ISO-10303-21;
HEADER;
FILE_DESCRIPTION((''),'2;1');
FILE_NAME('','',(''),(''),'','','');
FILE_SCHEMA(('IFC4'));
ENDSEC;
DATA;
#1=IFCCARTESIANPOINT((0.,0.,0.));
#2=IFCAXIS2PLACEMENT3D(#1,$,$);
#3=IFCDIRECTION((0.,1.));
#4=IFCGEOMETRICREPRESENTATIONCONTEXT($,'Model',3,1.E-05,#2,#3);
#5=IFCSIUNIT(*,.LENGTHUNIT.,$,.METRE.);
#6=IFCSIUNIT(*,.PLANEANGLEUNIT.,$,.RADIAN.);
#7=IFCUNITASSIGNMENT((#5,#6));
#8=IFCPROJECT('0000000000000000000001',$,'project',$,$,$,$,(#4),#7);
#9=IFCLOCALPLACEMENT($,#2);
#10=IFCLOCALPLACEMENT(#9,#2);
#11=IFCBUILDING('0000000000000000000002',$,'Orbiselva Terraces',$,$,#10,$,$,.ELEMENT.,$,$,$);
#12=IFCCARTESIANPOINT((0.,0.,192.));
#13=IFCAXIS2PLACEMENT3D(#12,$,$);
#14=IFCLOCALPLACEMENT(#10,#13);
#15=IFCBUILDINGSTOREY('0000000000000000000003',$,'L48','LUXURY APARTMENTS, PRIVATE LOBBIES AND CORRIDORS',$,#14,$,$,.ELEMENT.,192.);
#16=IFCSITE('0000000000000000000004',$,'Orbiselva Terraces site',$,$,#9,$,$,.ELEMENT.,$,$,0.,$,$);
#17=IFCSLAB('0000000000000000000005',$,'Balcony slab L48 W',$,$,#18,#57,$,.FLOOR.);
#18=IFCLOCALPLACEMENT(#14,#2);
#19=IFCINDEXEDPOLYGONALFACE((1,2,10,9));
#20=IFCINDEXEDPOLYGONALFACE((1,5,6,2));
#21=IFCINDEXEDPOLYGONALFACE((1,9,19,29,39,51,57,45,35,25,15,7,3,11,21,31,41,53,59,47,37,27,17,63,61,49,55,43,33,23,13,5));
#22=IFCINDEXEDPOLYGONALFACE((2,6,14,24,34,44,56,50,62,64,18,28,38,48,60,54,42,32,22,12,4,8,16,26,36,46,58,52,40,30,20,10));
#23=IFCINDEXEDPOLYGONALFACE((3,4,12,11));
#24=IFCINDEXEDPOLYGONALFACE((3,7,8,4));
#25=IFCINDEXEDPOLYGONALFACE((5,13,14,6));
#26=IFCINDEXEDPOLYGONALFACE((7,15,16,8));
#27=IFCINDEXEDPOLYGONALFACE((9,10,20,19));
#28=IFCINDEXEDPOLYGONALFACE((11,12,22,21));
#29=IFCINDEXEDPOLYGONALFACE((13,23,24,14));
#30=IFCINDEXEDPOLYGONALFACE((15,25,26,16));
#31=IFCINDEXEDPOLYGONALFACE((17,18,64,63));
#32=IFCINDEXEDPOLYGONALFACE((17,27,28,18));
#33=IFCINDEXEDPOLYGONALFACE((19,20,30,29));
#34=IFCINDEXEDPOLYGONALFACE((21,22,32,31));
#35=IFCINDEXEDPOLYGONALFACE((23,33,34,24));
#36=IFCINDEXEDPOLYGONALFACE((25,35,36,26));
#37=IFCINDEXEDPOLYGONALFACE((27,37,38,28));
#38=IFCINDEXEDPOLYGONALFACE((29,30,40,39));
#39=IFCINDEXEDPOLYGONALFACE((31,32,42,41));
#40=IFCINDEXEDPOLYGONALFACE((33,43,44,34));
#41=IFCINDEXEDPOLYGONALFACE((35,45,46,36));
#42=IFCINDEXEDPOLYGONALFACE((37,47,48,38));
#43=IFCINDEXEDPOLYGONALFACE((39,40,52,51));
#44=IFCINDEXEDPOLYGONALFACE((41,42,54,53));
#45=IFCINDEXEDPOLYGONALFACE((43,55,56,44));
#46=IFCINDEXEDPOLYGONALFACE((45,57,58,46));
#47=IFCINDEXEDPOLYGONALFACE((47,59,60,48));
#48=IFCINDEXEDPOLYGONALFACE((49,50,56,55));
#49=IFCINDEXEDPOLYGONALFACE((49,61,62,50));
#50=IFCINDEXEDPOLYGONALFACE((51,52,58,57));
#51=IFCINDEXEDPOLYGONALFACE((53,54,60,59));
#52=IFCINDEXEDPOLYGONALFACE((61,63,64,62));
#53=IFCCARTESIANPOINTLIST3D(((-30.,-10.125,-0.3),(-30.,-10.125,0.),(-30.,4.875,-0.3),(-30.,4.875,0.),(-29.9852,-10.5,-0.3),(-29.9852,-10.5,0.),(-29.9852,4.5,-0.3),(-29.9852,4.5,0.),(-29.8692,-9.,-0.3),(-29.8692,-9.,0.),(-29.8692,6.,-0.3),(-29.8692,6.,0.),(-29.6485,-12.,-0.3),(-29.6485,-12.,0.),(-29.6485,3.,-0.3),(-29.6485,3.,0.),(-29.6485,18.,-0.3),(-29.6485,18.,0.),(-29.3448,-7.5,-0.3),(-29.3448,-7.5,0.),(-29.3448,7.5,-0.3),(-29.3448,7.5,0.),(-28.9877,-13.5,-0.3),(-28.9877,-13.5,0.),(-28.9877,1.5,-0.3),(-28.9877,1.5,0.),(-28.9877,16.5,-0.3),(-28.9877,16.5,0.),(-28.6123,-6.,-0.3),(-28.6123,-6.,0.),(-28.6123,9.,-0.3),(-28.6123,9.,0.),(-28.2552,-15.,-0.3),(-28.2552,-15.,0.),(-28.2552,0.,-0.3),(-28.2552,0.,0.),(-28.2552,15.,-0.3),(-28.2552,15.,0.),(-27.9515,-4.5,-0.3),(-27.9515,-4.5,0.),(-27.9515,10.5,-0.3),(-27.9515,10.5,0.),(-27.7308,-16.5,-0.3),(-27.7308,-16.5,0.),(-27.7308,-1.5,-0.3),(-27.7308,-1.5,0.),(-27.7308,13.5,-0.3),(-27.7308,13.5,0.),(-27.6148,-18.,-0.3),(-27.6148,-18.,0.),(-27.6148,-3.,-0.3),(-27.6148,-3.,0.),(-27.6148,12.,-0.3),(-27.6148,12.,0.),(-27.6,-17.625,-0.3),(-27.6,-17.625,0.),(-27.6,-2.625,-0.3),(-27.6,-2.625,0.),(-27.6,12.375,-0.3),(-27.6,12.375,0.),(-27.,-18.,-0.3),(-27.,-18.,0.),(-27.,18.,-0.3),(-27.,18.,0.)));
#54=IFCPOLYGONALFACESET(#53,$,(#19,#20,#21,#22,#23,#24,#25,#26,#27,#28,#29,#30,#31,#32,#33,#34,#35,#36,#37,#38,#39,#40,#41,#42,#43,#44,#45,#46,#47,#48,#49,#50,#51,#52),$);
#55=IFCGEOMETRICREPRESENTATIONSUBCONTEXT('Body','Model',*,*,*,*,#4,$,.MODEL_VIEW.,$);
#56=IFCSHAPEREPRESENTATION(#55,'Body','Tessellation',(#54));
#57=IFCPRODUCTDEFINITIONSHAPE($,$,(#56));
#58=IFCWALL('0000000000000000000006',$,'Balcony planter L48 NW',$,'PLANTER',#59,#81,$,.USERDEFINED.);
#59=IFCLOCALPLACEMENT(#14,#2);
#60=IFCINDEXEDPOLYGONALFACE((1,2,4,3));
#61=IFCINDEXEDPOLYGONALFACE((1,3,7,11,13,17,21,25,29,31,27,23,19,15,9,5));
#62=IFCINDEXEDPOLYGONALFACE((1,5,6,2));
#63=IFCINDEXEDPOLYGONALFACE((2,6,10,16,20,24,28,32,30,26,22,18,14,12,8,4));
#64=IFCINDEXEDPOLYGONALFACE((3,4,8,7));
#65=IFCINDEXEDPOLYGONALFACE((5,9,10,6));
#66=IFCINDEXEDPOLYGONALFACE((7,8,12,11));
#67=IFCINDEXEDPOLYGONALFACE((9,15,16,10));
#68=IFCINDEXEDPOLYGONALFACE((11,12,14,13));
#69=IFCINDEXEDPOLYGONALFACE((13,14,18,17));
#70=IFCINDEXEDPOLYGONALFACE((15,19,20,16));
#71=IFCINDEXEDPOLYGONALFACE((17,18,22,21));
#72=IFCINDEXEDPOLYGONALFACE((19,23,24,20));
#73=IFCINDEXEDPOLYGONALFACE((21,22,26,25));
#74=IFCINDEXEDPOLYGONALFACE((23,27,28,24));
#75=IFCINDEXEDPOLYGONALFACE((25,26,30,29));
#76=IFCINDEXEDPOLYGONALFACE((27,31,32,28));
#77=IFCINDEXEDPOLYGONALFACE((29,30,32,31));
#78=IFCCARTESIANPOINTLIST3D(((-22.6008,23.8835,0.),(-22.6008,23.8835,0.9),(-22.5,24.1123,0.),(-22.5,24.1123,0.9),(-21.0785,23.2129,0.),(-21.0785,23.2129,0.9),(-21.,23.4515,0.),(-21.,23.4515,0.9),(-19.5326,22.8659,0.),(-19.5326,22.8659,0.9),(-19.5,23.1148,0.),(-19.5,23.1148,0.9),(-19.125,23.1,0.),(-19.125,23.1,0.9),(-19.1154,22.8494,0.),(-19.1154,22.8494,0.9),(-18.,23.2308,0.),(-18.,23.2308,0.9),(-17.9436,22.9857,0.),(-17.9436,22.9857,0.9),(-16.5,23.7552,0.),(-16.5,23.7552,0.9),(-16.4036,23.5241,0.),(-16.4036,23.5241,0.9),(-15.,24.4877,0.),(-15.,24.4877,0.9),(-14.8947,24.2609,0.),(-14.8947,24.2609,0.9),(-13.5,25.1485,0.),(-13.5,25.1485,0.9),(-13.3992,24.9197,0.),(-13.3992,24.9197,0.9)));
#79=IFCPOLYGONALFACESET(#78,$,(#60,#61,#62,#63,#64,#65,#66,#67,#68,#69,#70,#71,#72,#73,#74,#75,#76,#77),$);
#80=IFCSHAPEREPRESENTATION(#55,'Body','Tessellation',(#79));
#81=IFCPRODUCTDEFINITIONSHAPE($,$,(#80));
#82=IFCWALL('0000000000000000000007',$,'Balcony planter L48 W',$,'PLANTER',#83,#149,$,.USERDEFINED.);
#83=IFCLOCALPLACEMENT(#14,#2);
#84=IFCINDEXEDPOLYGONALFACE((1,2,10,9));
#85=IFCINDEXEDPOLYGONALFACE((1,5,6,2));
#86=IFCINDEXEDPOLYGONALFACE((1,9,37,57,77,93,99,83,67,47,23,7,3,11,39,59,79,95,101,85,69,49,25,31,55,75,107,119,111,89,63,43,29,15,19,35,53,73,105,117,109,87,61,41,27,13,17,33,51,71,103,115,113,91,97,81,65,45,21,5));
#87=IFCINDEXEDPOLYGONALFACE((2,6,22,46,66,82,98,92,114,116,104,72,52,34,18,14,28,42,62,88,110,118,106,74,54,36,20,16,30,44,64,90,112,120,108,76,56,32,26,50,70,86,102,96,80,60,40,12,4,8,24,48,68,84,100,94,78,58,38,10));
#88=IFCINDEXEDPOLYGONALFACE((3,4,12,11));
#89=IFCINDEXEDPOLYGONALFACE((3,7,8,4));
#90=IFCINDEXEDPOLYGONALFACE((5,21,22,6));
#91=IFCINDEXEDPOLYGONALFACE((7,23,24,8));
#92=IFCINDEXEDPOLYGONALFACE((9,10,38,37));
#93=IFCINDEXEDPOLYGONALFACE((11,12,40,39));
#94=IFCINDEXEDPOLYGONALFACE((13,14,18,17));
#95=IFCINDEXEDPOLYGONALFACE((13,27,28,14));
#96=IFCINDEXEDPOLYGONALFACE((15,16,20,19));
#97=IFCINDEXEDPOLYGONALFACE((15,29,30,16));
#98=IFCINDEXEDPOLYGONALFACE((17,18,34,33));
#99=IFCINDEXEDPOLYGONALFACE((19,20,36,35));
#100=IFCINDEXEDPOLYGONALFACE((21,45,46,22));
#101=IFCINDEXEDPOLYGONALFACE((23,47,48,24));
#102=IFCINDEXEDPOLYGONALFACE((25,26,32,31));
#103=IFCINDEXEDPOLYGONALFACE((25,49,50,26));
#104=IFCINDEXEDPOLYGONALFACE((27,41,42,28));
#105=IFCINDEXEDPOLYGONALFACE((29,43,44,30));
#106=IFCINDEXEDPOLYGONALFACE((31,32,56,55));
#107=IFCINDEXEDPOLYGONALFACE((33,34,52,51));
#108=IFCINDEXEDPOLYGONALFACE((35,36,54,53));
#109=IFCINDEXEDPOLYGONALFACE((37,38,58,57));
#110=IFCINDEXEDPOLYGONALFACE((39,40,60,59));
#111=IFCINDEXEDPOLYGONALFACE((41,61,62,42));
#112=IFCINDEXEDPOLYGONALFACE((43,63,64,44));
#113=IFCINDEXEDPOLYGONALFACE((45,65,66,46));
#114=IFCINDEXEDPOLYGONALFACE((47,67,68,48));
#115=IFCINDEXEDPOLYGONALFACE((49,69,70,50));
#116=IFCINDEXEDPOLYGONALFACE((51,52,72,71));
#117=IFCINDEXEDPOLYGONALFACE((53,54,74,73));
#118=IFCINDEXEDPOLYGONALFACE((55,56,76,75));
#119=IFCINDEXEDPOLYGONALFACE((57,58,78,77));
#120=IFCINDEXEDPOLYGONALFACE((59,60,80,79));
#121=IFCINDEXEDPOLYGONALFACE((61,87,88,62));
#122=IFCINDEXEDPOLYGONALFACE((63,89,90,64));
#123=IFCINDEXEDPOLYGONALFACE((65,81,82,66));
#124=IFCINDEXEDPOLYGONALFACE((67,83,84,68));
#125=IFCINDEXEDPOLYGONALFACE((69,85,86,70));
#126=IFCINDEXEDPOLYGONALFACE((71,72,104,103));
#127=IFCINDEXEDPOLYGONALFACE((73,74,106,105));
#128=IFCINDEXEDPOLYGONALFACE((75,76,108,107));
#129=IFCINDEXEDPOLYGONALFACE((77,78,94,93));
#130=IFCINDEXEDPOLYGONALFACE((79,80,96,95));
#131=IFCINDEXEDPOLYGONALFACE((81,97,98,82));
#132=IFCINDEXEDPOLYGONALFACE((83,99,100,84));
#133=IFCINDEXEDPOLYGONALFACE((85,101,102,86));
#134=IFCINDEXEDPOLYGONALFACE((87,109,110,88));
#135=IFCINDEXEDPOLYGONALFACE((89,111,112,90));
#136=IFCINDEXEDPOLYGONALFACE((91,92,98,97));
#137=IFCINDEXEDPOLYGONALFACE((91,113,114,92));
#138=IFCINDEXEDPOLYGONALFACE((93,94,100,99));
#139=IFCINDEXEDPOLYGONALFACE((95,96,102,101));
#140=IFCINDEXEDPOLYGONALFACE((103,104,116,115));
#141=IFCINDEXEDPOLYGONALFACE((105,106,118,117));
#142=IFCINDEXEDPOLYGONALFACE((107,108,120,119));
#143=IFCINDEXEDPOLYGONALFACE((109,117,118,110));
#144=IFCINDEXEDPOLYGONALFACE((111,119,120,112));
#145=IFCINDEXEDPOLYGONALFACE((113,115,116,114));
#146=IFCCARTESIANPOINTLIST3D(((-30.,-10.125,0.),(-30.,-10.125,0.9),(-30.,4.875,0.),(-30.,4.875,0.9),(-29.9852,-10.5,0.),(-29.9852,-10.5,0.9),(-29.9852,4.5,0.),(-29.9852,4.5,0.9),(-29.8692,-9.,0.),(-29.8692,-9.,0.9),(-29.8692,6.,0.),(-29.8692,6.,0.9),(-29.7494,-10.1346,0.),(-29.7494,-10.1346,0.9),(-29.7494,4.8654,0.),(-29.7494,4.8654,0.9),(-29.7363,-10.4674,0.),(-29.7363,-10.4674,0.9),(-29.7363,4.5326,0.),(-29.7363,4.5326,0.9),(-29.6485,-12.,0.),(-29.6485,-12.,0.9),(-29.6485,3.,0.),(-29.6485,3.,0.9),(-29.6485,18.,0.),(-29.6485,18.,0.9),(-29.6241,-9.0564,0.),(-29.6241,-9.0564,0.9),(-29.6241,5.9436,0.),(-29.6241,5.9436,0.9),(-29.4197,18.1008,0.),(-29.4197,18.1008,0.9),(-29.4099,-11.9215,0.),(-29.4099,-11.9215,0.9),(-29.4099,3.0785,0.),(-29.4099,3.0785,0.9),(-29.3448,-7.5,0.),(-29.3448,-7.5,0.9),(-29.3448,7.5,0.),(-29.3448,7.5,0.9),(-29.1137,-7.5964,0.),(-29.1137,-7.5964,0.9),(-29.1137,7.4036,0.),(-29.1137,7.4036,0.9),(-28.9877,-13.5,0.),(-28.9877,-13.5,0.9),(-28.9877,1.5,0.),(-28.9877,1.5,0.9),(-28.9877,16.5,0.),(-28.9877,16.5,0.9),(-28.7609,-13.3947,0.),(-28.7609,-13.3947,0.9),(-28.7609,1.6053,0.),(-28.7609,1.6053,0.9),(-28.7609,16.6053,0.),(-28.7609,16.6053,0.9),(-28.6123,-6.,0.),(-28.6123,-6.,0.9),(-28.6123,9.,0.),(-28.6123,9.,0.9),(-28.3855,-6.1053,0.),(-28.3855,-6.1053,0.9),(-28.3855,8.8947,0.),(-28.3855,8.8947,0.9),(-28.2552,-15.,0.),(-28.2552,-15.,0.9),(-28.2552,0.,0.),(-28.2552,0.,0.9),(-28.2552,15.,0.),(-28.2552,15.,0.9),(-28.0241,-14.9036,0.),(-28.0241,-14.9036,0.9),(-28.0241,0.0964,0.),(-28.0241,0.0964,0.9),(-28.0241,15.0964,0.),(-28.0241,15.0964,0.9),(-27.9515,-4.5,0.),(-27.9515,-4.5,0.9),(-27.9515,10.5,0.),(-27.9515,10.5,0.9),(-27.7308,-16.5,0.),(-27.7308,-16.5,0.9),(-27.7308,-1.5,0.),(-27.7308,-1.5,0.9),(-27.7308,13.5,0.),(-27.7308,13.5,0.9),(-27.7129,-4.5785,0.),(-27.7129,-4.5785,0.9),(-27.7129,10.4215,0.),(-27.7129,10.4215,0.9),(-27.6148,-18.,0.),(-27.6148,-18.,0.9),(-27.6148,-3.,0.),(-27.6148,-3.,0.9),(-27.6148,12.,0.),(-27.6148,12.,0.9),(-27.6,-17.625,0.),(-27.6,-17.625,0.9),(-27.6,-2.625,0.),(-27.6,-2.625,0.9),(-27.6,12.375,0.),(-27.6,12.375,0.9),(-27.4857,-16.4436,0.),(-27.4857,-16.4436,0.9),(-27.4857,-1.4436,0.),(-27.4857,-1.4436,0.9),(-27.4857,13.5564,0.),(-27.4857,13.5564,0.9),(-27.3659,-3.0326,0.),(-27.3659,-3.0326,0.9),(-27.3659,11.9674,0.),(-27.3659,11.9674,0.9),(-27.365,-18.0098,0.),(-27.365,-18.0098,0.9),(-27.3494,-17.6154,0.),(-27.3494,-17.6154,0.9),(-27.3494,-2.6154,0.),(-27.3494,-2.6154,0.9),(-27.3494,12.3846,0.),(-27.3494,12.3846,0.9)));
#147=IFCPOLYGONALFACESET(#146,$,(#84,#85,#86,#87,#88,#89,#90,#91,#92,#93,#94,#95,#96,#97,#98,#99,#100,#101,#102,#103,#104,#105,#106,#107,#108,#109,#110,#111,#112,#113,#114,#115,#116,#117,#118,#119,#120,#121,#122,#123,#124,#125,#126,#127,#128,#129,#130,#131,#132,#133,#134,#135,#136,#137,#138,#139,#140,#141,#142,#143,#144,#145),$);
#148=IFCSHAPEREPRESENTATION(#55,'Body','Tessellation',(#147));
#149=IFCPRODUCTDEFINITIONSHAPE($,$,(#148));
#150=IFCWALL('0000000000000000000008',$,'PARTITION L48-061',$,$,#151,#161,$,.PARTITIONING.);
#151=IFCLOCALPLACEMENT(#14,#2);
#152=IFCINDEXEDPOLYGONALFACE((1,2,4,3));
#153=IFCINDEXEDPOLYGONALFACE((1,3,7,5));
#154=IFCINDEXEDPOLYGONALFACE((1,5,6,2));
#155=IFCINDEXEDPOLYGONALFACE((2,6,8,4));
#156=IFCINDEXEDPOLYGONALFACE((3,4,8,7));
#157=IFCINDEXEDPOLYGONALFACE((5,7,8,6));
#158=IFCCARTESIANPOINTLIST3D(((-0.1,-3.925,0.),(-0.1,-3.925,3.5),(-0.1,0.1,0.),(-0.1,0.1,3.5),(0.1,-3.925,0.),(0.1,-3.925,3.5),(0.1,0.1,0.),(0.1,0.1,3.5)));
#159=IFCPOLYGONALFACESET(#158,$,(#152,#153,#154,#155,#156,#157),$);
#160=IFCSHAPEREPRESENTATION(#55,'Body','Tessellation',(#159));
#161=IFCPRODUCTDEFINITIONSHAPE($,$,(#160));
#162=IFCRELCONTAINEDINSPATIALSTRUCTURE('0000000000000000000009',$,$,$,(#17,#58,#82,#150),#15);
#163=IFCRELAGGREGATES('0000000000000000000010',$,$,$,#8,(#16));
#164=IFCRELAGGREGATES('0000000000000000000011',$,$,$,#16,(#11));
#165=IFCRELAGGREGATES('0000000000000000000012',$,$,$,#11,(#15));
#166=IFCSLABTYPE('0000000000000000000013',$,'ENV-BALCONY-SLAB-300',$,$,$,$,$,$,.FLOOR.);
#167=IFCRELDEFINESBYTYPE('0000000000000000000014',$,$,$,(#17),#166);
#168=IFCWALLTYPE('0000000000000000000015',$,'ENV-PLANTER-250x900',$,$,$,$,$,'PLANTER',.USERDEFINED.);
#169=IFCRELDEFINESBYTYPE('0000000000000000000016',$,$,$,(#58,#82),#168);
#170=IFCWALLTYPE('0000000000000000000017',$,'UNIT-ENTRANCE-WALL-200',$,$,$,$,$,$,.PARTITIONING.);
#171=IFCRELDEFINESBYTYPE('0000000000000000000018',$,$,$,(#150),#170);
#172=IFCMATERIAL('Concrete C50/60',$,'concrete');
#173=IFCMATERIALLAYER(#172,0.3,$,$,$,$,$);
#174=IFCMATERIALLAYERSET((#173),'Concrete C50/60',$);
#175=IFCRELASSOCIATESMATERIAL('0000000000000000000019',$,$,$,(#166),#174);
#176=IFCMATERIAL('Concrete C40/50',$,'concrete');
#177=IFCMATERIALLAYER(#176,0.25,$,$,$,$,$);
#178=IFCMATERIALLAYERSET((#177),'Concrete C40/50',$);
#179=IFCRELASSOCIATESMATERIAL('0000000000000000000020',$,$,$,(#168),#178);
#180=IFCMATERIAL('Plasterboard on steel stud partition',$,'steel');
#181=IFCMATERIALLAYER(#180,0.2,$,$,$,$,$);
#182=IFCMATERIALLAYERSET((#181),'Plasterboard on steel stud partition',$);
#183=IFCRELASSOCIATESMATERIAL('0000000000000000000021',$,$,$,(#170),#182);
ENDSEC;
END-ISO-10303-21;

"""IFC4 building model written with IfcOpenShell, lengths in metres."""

from ifc_helpers import new_model, si_unit, direction, frame, frame_2d, origin, place, context, subcontext, project, spatial, polyline, rectangle, outline, extrude, material, layer, layer_set, type_object, element, save


model = new_model("IFC4")

# Units and contexts
model_context = context("Model", 3, precision=1e-05, world=origin(), true_north=direction((0.0, 1.0)))
body_context = subcontext(model_context, "Body", "Model", "MODEL_VIEW")
ifc_project = project(units=[si_unit("LENGTHUNIT", "METRE"), si_unit("PLANEANGLEUNIT", "RADIAN")], contexts=[model_context])

# Site, building, storey
site_placement = place(None, origin())
site = spatial("IfcSite", under=ifc_project, at=site_placement, Name="Orbiselva Terraces site", CompositionType="ELEMENT", RefElevation=0.0)
building_placement = place(site_placement, origin())
building = spatial("IfcBuilding", under=site, at=building_placement, Name="Orbiselva Terraces", CompositionType="ELEMENT")
storey_placement = place(building_placement, frame((0.0, 0.0, 192.0)))
storey = spatial("IfcBuildingStorey", under=building, at=storey_placement, Name="L48", Description="LUXURY APARTMENTS, PRIVATE LOBBIES AND CORRIDORS", CompositionType="ELEMENT", Elevation=192.0)

# Shared definitions
ifc_material_1 = material(Name="Concrete C40/50", Category="concrete")

# Slab
ifc_material_2 = material(Name="Concrete C50/60", Category="concrete")
ifc_layer_1 = layer(ifc_material_2, 0.3)
ifc_layer_set_1 = layer_set([ifc_layer_1], Name="Concrete C50/60")
slab_type_1 = type_object("IfcSlabType", Name="ENV-BALCONY-SLAB-300", PredefinedType="FLOOR", material=ifc_layer_set_1)
slab_1_placement = place(storey_placement, frame((0.0, 0.0, -0.3)))
element("IfcSlab", 1, at=slab_1_placement, inside=storey, type_object=slab_type_1, Name="Balcony slab L48 W", PredefinedType="FLOOR", context=body_context, shape_type="SweptSolid", body=[
    extrude(outline(polyline([(-29.6485, 18.0), (-28.9877, 16.5), (-28.2552, 15.0), (-27.7308, 13.5), (-27.6, 12.375), (-27.6148, 12.0), (-27.9515, 10.5), (-28.6123, 9.0), (-29.3448, 7.5), (-29.8692, 6.0), (-30.0, 4.875), (-29.9852, 4.5), (-29.6485, 3.0), (-28.9877, 1.5), (-28.2552, 0.0), (-27.7308, -1.5), (-27.6, -2.625), (-27.6148, -3.0), (-27.9515, -4.5), (-28.6123, -6.0), (-29.3448, -7.5), (-29.8692, -9.0), (-30.0, -10.125), (-29.9852, -10.5), (-29.6485, -12.0), (-28.9877, -13.5), (-28.2552, -15.0), (-27.7308, -16.5), (-27.6, -17.625), (-27.6148, -18.0), (-27.0, -18.0), (-27.0, 18.0), (-29.6485, 18.0)])), origin(), (0.0, 0.0, 1.0), 0.3),
])

# Walls
ifc_layer_2 = layer(ifc_material_1, 0.25)
ifc_layer_set_2 = layer_set([ifc_layer_2], Name="Concrete C40/50")
wall_type_1 = type_object("IfcWallType", Name="ENV-PLANTER-250x900", ElementType="PLANTER", PredefinedType="USERDEFINED", material=ifc_layer_set_2)
wall_1_placement = place(storey_placement, origin())
element("IfcWall", 2, at=wall_1_placement, inside=storey, type_object=wall_type_1, Name="Balcony planter L48 NW", ObjectType="PLANTER", PredefinedType="USERDEFINED", context=body_context, shape_type="SweptSolid", body=[
    extrude(outline(polyline([(-13.5, 25.1485), (-15.0, 24.4877), (-16.5, 23.7552), (-18.0, 23.2308), (-19.125, 23.1), (-19.5, 23.1148), (-21.0, 23.4515), (-22.5, 24.1123), (-22.6008, 23.8835), (-21.0785, 23.2129), (-19.5326, 22.8659), (-19.1154, 22.8494), (-17.9436, 22.9857), (-16.4036, 23.5241), (-14.8947, 24.2609), (-13.3992, 24.9197), (-13.5, 25.1485)])), origin(), (0.0, 0.0, 1.0), 0.9),
])
wall_2_placement = place(storey_placement, origin())
element("IfcWall", 3, at=wall_2_placement, inside=storey, type_object=wall_type_1, Name="Balcony planter L48 W", ObjectType="PLANTER", PredefinedType="USERDEFINED", context=body_context, shape_type="SweptSolid", body=[
    extrude(outline(polyline([(-29.6485, 18.0), (-28.9877, 16.5), (-28.2552, 15.0), (-27.7308, 13.5), (-27.6, 12.375), (-27.6148, 12.0), (-27.9515, 10.5), (-28.6123, 9.0), (-29.3448, 7.5), (-29.8692, 6.0), (-30.0, 4.875), (-29.9852, 4.5), (-29.6485, 3.0), (-28.9877, 1.5), (-28.2552, 0.0), (-27.7308, -1.5), (-27.6, -2.625), (-27.6148, -3.0), (-27.9515, -4.5), (-28.6123, -6.0), (-29.3448, -7.5), (-29.8692, -9.0), (-30.0, -10.125), (-29.9852, -10.5), (-29.6485, -12.0), (-28.9877, -13.5), (-28.2552, -15.0), (-27.7308, -16.5), (-27.6, -17.625), (-27.6148, -18.0), (-27.365, -18.0098), (-27.3494, -17.6154), (-27.4857, -16.4436), (-28.0241, -14.9036), (-28.7609, -13.3947), (-29.4099, -11.9215), (-29.7363, -10.4674), (-29.7494, -10.1346), (-29.6241, -9.0564), (-29.1137, -7.5964), (-28.3855, -6.1053), (-27.7129, -4.5785), (-27.3659, -3.0326), (-27.3494, -2.6154), (-27.4857, -1.4436), (-28.0241, 0.0964), (-28.7609, 1.6053), (-29.4099, 3.0785), (-29.7363, 4.5326), (-29.7494, 4.8654), (-29.6241, 5.9436), (-29.1137, 7.4036), (-28.3855, 8.8947), (-27.7129, 10.4215), (-27.3659, 11.9674), (-27.3494, 12.3846), (-27.4857, 13.5564), (-28.0241, 15.0964), (-28.7609, 16.6053), (-29.4197, 18.1008), (-29.6485, 18.0)])), origin(), (0.0, 0.0, 1.0), 0.9),
])
ifc_material_3 = material(Name="Plasterboard on steel stud partition", Category="steel")
ifc_layer_3 = layer(ifc_material_3, 0.2)
ifc_layer_set_3 = layer_set([ifc_layer_3], Name="Plasterboard on steel stud partition")
wall_type_2 = type_object("IfcWallType", Name="UNIT-ENTRANCE-WALL-200", PredefinedType="PARTITIONING", material=ifc_layer_set_3)
wall_3_placement = place(storey_placement, frame((0.0, -3.925, 0.0), z_axis=(0.0, 0.0, 1.0), x_axis=(0.0, 1.0, 0.0)))
element("IfcWall", 4, at=wall_3_placement, inside=storey, type_object=wall_type_2, Name="PARTITION L48-061", PredefinedType="PARTITIONING", context=body_context, shape_type="SweptSolid", body=[
    extrude(rectangle(XDim=4.025, YDim=0.2, at=frame_2d((2.0125, 0.0))), origin(), (0.0, 0.0, 1.0), 3.5),
])

save(model, "model.ifc")
